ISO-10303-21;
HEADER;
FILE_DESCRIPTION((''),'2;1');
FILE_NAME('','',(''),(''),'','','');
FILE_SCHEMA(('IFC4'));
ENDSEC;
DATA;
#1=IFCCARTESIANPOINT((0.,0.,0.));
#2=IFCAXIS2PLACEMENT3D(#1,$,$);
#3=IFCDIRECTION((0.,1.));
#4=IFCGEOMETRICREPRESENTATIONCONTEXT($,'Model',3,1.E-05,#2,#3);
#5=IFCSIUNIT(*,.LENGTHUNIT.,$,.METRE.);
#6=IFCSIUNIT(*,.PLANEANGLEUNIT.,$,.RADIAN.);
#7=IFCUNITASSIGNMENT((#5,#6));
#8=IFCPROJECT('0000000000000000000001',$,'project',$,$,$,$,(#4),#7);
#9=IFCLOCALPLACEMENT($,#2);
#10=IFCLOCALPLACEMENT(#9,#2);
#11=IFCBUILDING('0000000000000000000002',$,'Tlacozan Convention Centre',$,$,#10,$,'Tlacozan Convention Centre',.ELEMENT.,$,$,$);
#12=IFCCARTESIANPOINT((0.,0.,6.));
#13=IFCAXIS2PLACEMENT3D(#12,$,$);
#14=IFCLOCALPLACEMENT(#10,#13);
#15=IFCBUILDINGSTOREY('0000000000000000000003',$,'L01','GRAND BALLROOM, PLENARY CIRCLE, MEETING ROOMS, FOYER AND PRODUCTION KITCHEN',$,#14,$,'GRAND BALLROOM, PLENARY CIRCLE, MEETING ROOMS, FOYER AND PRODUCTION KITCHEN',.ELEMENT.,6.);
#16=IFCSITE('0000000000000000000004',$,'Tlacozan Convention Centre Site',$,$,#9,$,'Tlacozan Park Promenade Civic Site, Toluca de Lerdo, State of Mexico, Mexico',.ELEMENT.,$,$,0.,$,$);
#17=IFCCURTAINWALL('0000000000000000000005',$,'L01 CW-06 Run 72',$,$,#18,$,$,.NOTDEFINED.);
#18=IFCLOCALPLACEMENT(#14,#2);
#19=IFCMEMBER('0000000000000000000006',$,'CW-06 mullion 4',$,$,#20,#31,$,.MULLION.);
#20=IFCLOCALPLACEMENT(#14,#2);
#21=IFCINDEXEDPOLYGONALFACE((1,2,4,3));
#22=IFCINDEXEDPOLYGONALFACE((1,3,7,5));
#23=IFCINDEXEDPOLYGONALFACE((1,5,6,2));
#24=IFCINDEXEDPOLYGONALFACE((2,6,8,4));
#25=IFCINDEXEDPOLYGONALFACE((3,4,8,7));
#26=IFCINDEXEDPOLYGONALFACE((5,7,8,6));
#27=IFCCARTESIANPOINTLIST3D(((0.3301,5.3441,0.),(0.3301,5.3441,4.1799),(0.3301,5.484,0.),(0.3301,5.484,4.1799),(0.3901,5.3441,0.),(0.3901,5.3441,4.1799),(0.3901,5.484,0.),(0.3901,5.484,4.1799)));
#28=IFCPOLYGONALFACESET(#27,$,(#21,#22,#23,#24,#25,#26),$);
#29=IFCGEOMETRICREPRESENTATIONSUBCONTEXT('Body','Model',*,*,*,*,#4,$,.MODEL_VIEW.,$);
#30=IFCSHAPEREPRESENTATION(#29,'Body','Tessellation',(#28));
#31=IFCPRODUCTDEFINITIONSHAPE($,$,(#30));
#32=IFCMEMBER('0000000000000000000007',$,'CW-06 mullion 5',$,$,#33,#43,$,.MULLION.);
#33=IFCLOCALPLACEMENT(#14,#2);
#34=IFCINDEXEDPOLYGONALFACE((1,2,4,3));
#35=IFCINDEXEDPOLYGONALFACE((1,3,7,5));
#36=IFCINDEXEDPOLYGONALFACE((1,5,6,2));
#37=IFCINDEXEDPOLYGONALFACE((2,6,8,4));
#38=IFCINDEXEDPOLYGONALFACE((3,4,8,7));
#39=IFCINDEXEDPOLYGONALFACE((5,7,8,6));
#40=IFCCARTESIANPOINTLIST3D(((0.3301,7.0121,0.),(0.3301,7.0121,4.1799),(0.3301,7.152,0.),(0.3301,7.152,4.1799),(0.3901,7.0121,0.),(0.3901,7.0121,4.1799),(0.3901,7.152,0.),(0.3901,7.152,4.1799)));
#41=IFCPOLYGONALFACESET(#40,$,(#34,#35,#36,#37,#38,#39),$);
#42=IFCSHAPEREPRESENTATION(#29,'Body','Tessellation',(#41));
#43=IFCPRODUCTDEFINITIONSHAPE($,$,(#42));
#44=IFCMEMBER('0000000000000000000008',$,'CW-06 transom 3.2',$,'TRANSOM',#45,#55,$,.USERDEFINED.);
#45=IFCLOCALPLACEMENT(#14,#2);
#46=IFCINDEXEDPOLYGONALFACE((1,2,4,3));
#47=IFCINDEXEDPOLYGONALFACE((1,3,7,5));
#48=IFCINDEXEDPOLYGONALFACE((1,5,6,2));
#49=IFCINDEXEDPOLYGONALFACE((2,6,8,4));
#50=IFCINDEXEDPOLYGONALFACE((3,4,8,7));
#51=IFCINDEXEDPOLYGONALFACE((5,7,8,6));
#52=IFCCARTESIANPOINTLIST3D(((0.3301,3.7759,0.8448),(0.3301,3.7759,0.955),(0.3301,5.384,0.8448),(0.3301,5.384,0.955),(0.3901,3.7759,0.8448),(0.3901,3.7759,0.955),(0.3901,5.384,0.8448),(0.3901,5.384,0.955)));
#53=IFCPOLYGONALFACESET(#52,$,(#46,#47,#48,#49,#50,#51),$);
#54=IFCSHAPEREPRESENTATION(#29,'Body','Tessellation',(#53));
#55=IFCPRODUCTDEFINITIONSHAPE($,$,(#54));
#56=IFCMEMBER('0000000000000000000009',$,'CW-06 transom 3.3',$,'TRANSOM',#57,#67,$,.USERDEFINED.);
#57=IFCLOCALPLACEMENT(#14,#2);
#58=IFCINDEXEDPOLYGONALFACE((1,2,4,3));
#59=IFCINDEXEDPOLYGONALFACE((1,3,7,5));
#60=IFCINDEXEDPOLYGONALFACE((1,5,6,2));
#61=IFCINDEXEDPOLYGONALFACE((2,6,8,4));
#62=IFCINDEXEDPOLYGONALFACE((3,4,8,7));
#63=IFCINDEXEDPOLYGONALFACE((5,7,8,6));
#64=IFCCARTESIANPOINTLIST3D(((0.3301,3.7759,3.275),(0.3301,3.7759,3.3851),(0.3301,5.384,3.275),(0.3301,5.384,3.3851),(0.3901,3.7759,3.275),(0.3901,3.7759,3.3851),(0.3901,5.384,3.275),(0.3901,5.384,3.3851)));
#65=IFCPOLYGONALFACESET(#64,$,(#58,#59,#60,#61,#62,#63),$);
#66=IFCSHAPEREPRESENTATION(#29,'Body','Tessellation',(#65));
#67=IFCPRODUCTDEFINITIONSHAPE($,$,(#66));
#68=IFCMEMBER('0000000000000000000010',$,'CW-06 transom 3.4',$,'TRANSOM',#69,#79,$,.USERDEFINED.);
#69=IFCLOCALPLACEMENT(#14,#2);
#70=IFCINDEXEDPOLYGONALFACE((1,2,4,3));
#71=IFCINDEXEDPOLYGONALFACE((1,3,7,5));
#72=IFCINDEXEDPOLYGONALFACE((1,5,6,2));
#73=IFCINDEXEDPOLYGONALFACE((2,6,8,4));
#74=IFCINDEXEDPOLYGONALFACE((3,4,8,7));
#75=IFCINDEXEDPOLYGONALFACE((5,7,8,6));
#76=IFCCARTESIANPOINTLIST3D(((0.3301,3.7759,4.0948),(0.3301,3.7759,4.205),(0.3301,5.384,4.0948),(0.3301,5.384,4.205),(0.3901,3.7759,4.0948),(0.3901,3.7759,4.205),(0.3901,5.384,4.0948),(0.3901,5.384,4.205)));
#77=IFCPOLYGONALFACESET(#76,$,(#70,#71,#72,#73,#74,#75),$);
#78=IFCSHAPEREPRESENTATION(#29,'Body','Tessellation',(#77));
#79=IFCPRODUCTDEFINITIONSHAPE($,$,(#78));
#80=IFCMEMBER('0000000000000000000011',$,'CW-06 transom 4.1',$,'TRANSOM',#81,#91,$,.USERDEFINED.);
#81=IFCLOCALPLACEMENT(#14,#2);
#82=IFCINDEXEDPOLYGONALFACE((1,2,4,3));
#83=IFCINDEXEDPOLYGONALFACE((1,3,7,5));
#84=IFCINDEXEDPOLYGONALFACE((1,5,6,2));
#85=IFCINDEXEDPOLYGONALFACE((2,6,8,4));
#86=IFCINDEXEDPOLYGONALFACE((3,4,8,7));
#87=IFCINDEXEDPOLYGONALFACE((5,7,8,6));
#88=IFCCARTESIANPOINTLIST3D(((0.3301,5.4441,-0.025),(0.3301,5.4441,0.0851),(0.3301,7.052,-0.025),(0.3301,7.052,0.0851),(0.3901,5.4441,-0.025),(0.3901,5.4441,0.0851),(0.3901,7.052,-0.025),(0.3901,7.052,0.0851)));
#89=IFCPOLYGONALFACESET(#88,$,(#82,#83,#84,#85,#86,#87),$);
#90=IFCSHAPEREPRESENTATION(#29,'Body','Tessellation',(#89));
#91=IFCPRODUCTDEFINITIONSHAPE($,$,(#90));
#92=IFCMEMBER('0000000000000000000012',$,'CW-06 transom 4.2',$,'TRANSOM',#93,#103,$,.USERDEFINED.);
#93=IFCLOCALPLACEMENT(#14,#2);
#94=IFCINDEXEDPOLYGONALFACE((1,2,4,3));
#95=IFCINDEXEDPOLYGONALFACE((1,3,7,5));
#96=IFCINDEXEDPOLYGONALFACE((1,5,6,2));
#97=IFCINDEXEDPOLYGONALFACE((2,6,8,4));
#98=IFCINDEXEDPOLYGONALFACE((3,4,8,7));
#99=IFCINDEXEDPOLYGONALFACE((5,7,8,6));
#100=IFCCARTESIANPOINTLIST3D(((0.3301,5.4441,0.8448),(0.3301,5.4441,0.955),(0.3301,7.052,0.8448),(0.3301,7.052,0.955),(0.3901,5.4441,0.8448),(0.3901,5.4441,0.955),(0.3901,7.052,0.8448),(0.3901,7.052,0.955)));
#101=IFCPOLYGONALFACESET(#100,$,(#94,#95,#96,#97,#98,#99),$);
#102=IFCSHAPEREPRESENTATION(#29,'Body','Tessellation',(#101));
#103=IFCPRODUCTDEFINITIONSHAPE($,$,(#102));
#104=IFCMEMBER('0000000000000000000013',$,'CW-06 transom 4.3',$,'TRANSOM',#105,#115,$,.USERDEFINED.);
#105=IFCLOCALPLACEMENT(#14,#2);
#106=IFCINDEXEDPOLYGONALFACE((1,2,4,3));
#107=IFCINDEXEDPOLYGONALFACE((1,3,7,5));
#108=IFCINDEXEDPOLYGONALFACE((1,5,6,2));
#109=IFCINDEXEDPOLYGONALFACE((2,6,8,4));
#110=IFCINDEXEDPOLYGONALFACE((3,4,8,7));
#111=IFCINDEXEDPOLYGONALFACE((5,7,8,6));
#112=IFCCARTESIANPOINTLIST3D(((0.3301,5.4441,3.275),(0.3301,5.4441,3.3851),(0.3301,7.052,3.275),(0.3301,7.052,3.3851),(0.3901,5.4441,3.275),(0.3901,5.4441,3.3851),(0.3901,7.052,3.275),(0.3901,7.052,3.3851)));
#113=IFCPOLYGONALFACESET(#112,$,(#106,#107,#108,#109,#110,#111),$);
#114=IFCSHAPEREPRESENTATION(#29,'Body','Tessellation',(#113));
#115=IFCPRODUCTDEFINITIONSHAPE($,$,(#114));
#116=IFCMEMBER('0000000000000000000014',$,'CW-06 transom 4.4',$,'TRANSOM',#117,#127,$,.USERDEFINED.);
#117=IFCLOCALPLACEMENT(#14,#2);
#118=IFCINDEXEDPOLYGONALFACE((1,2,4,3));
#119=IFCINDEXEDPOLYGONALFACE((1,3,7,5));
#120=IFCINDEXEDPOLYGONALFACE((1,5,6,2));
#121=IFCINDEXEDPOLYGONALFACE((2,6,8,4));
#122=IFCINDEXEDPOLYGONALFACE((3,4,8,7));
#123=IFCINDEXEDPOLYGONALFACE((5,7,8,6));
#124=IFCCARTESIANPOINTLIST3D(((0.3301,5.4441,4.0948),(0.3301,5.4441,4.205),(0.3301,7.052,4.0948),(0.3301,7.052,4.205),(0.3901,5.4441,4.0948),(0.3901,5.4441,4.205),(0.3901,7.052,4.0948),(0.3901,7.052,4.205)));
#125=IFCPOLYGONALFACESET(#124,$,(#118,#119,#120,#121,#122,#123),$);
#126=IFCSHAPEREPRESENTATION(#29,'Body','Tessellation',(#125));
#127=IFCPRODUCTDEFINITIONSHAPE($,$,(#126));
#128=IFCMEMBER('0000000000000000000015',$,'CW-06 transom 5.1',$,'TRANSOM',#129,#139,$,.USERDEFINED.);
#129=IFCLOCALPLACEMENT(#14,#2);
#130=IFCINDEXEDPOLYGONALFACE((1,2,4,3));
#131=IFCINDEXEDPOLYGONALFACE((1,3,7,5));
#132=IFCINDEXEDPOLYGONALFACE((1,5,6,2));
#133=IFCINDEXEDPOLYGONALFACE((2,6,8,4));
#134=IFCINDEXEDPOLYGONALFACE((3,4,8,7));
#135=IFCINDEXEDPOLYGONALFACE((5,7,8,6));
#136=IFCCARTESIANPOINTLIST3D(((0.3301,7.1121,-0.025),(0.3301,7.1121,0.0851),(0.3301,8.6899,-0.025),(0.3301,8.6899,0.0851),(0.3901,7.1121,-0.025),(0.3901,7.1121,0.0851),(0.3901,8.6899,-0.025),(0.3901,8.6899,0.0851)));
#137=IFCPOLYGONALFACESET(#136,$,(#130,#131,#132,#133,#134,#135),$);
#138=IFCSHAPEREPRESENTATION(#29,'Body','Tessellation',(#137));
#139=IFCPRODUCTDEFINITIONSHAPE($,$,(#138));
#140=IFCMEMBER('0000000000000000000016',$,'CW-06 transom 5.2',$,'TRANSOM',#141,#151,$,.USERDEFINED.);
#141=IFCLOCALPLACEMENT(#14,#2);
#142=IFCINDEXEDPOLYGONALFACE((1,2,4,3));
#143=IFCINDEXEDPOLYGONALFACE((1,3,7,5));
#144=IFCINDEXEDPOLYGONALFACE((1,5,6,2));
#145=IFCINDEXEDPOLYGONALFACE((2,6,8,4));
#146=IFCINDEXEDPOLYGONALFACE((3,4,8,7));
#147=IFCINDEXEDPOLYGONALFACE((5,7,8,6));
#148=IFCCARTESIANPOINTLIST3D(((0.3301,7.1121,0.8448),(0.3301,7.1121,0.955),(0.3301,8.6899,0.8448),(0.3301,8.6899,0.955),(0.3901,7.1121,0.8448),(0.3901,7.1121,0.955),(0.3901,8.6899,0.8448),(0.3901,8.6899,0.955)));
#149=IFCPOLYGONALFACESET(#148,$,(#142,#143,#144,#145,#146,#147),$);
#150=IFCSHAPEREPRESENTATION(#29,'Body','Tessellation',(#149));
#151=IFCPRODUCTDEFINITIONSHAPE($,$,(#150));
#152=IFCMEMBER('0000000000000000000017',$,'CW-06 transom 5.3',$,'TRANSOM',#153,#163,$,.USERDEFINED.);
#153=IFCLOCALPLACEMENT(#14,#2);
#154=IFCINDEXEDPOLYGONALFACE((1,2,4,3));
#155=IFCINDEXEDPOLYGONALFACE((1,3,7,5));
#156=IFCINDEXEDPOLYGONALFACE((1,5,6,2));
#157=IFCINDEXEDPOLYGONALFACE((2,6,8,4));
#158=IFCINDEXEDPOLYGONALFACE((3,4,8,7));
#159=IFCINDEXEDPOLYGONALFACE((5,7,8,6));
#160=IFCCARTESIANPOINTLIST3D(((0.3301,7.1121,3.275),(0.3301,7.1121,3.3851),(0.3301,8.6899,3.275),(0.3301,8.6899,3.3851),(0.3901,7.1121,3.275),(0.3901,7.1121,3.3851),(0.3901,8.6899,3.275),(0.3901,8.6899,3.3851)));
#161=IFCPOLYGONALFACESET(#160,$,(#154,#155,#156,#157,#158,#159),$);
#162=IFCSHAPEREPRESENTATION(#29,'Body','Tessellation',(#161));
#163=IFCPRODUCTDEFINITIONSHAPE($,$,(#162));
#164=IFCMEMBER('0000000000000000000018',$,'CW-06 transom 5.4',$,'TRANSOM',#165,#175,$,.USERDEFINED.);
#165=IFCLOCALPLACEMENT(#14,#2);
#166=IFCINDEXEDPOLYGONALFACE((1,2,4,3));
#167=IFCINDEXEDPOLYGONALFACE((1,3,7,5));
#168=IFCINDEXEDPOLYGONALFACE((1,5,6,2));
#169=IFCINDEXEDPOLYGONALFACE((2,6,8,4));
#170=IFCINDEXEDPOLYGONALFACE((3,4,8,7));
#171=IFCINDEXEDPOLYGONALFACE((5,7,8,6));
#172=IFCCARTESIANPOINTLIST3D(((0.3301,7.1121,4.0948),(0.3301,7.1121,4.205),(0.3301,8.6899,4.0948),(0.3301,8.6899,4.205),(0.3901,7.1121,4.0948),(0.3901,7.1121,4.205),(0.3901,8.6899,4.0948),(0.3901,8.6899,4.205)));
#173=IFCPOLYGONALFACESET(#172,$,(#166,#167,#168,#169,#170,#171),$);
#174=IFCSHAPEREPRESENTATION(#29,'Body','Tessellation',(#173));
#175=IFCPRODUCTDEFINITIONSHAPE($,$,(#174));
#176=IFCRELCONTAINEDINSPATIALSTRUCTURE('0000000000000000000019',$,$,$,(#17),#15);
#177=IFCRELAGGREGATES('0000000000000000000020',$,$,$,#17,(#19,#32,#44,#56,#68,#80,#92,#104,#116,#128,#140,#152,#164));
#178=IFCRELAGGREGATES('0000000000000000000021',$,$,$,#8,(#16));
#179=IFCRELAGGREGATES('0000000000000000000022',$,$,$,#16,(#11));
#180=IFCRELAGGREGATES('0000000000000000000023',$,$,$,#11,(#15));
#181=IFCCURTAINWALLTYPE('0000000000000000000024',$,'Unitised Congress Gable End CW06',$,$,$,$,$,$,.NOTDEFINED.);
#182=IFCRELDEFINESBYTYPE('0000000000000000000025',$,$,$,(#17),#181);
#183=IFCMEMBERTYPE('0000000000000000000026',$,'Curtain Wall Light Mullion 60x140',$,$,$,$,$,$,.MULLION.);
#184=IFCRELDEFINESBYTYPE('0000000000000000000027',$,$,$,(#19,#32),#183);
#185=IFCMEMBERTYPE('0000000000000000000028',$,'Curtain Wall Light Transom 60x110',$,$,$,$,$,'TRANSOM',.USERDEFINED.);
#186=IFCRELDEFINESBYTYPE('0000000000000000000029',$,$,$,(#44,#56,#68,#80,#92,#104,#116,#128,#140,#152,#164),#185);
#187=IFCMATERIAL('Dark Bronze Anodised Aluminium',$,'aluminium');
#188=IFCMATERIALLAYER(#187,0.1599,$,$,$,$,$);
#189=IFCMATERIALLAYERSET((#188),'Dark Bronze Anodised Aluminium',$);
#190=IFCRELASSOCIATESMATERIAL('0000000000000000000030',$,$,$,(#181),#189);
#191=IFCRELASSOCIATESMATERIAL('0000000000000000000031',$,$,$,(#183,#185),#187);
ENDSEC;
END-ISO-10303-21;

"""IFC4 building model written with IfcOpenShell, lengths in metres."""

from ifc_helpers import new_model, si_unit, direction, frame, origin, origin_2d, place, context, subcontext, project, spatial, rectangle, extrude, material, layer, layer_set, material_profile, profile_set, type_object, element, aggregate, save


model = new_model("IFC4")

# Units and contexts
model_context = context("Model", 3, precision=1e-05, world=origin(), true_north=direction((0.0, 1.0)))
body_context = subcontext(model_context, "Body", "Model", "MODEL_VIEW")
ifc_project = project(units=[si_unit("LENGTHUNIT", "METRE"), si_unit("PLANEANGLEUNIT", "RADIAN")], contexts=[model_context])

# Site, building, storey
site_placement = place(None, origin())
site = spatial("IfcSite", under=ifc_project, at=site_placement, Name="Tlacozan Convention Centre Site", LongName="Tlacozan Park Promenade Civic Site, Toluca de Lerdo, State of Mexico, Mexico", CompositionType="ELEMENT", RefElevation=0.0)
building_placement = place(site_placement, origin())
building = spatial("IfcBuilding", under=site, at=building_placement, Name="Tlacozan Convention Centre", LongName="Tlacozan Convention Centre", CompositionType="ELEMENT")
storey_placement = place(building_placement, frame((0.0, 0.0, 6.0)))
storey = spatial("IfcBuildingStorey", under=building, at=storey_placement, Name="L01", Description="GRAND BALLROOM, PLENARY CIRCLE, MEETING ROOMS, FOYER AND PRODUCTION KITCHEN", LongName="GRAND BALLROOM, PLENARY CIRCLE, MEETING ROOMS, FOYER AND PRODUCTION KITCHEN", CompositionType="ELEMENT", Elevation=6.0)

# Curtain wall, members
ifc_material_1 = material(Name="Dark Bronze Anodised Aluminium", Category="aluminium")
ifc_layer_1 = layer(ifc_material_1, 0.1599)
ifc_layer_set_1 = layer_set([ifc_layer_1], Name="Dark Bronze Anodised Aluminium")
curtain_wall_type = type_object("IfcCurtainWallType", Name="Unitised Congress Gable End CW06", PredefinedType="NOTDEFINED", material=ifc_layer_set_1)
curtain_wall_placement = place(storey_placement, origin())
curtain_wall = element("IfcCurtainWall", 1, at=curtain_wall_placement, inside=storey, type_object=curtain_wall_type, Name="L01 CW-06 Run 72", PredefinedType="NOTDEFINED")
ifc_material_profile_1 = material_profile(ifc_material_1, rectangle(XDim=0.0601, YDim=0.1399, at=origin_2d()), Name="ALU 60x140")
ifc_profile_set_1 = profile_set([ifc_material_profile_1], Name="Dark Bronze Anodised Aluminium")
member_type_1 = type_object("IfcMemberType", Name="Curtain Wall Light Mullion 60x140", PredefinedType="MULLION", material=ifc_profile_set_1)
member_1_placement = place(storey_placement, frame((0.3601, 5.4141, 0.0), z_axis=(0.0, 0.0, 1.0), x_axis=(-1.0, 0.0, 0.0)))
member_1 = element("IfcMember", 2, at=member_1_placement, type_object=member_type_1, Name="CW-06 mullion 4", PredefinedType="MULLION", context=body_context, shape_type="SweptSolid", body=[
    extrude(rectangle(XDim=0.0601, YDim=0.1399, at=origin_2d()), origin(), (0.0, 0.0, 1.0), 4.1799),
])
member_2_placement = place(storey_placement, frame((0.3601, 7.082, 0.0), z_axis=(0.0, 0.0, 1.0), x_axis=(-1.0, 0.0, 0.0)))
member_2 = element("IfcMember", 3, at=member_2_placement, type_object=member_type_1, Name="CW-06 mullion 5", PredefinedType="MULLION", context=body_context, shape_type="SweptSolid", body=[
    extrude(rectangle(XDim=0.0601, YDim=0.1399, at=origin_2d()), origin(), (0.0, 0.0, 1.0), 4.1799),
])
ifc_material_profile_2 = material_profile(ifc_material_1, rectangle(XDim=0.0601, YDim=0.1101, at=origin_2d()), Name="ALU 60x110")
ifc_profile_set_2 = profile_set([ifc_material_profile_2], Name="Dark Bronze Anodised Aluminium")
member_type_2 = type_object("IfcMemberType", Name="Curtain Wall Light Transom 60x110", ElementType="TRANSOM", PredefinedType="USERDEFINED", material=ifc_profile_set_2)
member_3_placement = place(storey_placement, frame((0.3601, 3.7759, 0.8999), z_axis=(0.0, 1.0, 0.0), x_axis=(-1.0, 0.0, 0.0)))
member_3 = element("IfcMember", 4, at=member_3_placement, type_object=member_type_2, Name="CW-06 transom 3.2", ObjectType="TRANSOM", PredefinedType="USERDEFINED", context=body_context, shape_type="SweptSolid", body=[
    extrude(rectangle(XDim=0.0601, YDim=0.1101, at=origin_2d()), origin(), (0.0, 0.0, 1.0), 1.6082),
])
member_4_placement = place(storey_placement, frame((0.3601, 3.7759, 3.3301), z_axis=(0.0, 1.0, 0.0), x_axis=(-1.0, 0.0, 0.0)))
member_4 = element("IfcMember", 5, at=member_4_placement, type_object=member_type_2, Name="CW-06 transom 3.3", ObjectType="TRANSOM", PredefinedType="USERDEFINED", context=body_context, shape_type="SweptSolid", body=[
    extrude(rectangle(XDim=0.0601, YDim=0.1101, at=origin_2d()), origin(), (0.0, 0.0, 1.0), 1.6082),
])
member_5_placement = place(storey_placement, frame((0.3601, 3.7759, 4.1499), z_axis=(0.0, 1.0, 0.0), x_axis=(-1.0, 0.0, 0.0)))
member_5 = element("IfcMember", 6, at=member_5_placement, type_object=member_type_2, Name="CW-06 transom 3.4", ObjectType="TRANSOM", PredefinedType="USERDEFINED", context=body_context, shape_type="SweptSolid", body=[
    extrude(rectangle(XDim=0.0601, YDim=0.1101, at=origin_2d()), origin(), (0.0, 0.0, 1.0), 1.6082),
])
member_6_placement = place(storey_placement, frame((0.3601, 5.4441, 0.03), z_axis=(0.0, 1.0, 0.0), x_axis=(-1.0, 0.0, 0.0)))
member_6 = element("IfcMember", 7, at=member_6_placement, type_object=member_type_2, Name="CW-06 transom 4.1", ObjectType="TRANSOM", PredefinedType="USERDEFINED", context=body_context, shape_type="SweptSolid", body=[
    extrude(rectangle(XDim=0.0601, YDim=0.1101, at=origin_2d()), origin(), (0.0, 0.0, 1.0), 1.6079),
])
member_7_placement = place(storey_placement, frame((0.3601, 5.4441, 0.8999), z_axis=(0.0, 1.0, 0.0), x_axis=(-1.0, 0.0, 0.0)))
member_7 = element("IfcMember", 8, at=member_7_placement, type_object=member_type_2, Name="CW-06 transom 4.2", ObjectType="TRANSOM", PredefinedType="USERDEFINED", context=body_context, shape_type="SweptSolid", body=[
    extrude(rectangle(XDim=0.0601, YDim=0.1101, at=origin_2d()), origin(), (0.0, 0.0, 1.0), 1.6079),
])
member_8_placement = place(storey_placement, frame((0.3601, 5.4441, 3.3301), z_axis=(0.0, 1.0, 0.0), x_axis=(-1.0, 0.0, 0.0)))
member_8 = element("IfcMember", 9, at=member_8_placement, type_object=member_type_2, Name="CW-06 transom 4.3", ObjectType="TRANSOM", PredefinedType="USERDEFINED", context=body_context, shape_type="SweptSolid", body=[
    extrude(rectangle(XDim=0.0601, YDim=0.1101, at=origin_2d()), origin(), (0.0, 0.0, 1.0), 1.6079),
])
member_9_placement = place(storey_placement, frame((0.3601, 5.4441, 4.1499), z_axis=(0.0, 1.0, 0.0), x_axis=(-1.0, 0.0, 0.0)))
member_9 = element("IfcMember", 10, at=member_9_placement, type_object=member_type_2, Name="CW-06 transom 4.4", ObjectType="TRANSOM", PredefinedType="USERDEFINED", context=body_context, shape_type="SweptSolid", body=[
    extrude(rectangle(XDim=0.0601, YDim=0.1101, at=origin_2d()), origin(), (0.0, 0.0, 1.0), 1.6079),
])
member_10_placement = place(storey_placement, frame((0.3601, 7.1121, 0.03), z_axis=(0.0, 1.0, 0.0), x_axis=(-1.0, 0.0, 0.0)))
member_10 = element("IfcMember", 11, at=member_10_placement, type_object=member_type_2, Name="CW-06 transom 5.1", ObjectType="TRANSOM", PredefinedType="USERDEFINED", context=body_context, shape_type="SweptSolid", body=[
    extrude(rectangle(XDim=0.0601, YDim=0.1101, at=origin_2d()), origin(), (0.0, 0.0, 1.0), 1.5779),
])
member_11_placement = place(storey_placement, frame((0.3601, 7.1121, 0.8999), z_axis=(0.0, 1.0, 0.0), x_axis=(-1.0, 0.0, 0.0)))
member_11 = element("IfcMember", 12, at=member_11_placement, type_object=member_type_2, Name="CW-06 transom 5.2", ObjectType="TRANSOM", PredefinedType="USERDEFINED", context=body_context, shape_type="SweptSolid", body=[
    extrude(rectangle(XDim=0.0601, YDim=0.1101, at=origin_2d()), origin(), (0.0, 0.0, 1.0), 1.5779),
])
member_12_placement = place(storey_placement, frame((0.3601, 7.1121, 3.3301), z_axis=(0.0, 1.0, 0.0), x_axis=(-1.0, 0.0, 0.0)))
member_12 = element("IfcMember", 13, at=member_12_placement, type_object=member_type_2, Name="CW-06 transom 5.3", ObjectType="TRANSOM", PredefinedType="USERDEFINED", context=body_context, shape_type="SweptSolid", body=[
    extrude(rectangle(XDim=0.0601, YDim=0.1101, at=origin_2d()), origin(), (0.0, 0.0, 1.0), 1.5779),
])
member_13_placement = place(storey_placement, frame((0.3601, 7.1121, 4.1499), z_axis=(0.0, 1.0, 0.0), x_axis=(-1.0, 0.0, 0.0)))
member_13 = element("IfcMember", 14, at=member_13_placement, type_object=member_type_2, Name="CW-06 transom 5.4", ObjectType="TRANSOM", PredefinedType="USERDEFINED", context=body_context, shape_type="SweptSolid", body=[
    extrude(rectangle(XDim=0.0601, YDim=0.1101, at=origin_2d()), origin(), (0.0, 0.0, 1.0), 1.5779),
])

aggregate(curtain_wall, [member_1, member_2, member_3, member_4, member_5, member_6, member_7, member_8, member_9, member_10, member_11, member_12, member_13])

save(model, "model.ifc")
